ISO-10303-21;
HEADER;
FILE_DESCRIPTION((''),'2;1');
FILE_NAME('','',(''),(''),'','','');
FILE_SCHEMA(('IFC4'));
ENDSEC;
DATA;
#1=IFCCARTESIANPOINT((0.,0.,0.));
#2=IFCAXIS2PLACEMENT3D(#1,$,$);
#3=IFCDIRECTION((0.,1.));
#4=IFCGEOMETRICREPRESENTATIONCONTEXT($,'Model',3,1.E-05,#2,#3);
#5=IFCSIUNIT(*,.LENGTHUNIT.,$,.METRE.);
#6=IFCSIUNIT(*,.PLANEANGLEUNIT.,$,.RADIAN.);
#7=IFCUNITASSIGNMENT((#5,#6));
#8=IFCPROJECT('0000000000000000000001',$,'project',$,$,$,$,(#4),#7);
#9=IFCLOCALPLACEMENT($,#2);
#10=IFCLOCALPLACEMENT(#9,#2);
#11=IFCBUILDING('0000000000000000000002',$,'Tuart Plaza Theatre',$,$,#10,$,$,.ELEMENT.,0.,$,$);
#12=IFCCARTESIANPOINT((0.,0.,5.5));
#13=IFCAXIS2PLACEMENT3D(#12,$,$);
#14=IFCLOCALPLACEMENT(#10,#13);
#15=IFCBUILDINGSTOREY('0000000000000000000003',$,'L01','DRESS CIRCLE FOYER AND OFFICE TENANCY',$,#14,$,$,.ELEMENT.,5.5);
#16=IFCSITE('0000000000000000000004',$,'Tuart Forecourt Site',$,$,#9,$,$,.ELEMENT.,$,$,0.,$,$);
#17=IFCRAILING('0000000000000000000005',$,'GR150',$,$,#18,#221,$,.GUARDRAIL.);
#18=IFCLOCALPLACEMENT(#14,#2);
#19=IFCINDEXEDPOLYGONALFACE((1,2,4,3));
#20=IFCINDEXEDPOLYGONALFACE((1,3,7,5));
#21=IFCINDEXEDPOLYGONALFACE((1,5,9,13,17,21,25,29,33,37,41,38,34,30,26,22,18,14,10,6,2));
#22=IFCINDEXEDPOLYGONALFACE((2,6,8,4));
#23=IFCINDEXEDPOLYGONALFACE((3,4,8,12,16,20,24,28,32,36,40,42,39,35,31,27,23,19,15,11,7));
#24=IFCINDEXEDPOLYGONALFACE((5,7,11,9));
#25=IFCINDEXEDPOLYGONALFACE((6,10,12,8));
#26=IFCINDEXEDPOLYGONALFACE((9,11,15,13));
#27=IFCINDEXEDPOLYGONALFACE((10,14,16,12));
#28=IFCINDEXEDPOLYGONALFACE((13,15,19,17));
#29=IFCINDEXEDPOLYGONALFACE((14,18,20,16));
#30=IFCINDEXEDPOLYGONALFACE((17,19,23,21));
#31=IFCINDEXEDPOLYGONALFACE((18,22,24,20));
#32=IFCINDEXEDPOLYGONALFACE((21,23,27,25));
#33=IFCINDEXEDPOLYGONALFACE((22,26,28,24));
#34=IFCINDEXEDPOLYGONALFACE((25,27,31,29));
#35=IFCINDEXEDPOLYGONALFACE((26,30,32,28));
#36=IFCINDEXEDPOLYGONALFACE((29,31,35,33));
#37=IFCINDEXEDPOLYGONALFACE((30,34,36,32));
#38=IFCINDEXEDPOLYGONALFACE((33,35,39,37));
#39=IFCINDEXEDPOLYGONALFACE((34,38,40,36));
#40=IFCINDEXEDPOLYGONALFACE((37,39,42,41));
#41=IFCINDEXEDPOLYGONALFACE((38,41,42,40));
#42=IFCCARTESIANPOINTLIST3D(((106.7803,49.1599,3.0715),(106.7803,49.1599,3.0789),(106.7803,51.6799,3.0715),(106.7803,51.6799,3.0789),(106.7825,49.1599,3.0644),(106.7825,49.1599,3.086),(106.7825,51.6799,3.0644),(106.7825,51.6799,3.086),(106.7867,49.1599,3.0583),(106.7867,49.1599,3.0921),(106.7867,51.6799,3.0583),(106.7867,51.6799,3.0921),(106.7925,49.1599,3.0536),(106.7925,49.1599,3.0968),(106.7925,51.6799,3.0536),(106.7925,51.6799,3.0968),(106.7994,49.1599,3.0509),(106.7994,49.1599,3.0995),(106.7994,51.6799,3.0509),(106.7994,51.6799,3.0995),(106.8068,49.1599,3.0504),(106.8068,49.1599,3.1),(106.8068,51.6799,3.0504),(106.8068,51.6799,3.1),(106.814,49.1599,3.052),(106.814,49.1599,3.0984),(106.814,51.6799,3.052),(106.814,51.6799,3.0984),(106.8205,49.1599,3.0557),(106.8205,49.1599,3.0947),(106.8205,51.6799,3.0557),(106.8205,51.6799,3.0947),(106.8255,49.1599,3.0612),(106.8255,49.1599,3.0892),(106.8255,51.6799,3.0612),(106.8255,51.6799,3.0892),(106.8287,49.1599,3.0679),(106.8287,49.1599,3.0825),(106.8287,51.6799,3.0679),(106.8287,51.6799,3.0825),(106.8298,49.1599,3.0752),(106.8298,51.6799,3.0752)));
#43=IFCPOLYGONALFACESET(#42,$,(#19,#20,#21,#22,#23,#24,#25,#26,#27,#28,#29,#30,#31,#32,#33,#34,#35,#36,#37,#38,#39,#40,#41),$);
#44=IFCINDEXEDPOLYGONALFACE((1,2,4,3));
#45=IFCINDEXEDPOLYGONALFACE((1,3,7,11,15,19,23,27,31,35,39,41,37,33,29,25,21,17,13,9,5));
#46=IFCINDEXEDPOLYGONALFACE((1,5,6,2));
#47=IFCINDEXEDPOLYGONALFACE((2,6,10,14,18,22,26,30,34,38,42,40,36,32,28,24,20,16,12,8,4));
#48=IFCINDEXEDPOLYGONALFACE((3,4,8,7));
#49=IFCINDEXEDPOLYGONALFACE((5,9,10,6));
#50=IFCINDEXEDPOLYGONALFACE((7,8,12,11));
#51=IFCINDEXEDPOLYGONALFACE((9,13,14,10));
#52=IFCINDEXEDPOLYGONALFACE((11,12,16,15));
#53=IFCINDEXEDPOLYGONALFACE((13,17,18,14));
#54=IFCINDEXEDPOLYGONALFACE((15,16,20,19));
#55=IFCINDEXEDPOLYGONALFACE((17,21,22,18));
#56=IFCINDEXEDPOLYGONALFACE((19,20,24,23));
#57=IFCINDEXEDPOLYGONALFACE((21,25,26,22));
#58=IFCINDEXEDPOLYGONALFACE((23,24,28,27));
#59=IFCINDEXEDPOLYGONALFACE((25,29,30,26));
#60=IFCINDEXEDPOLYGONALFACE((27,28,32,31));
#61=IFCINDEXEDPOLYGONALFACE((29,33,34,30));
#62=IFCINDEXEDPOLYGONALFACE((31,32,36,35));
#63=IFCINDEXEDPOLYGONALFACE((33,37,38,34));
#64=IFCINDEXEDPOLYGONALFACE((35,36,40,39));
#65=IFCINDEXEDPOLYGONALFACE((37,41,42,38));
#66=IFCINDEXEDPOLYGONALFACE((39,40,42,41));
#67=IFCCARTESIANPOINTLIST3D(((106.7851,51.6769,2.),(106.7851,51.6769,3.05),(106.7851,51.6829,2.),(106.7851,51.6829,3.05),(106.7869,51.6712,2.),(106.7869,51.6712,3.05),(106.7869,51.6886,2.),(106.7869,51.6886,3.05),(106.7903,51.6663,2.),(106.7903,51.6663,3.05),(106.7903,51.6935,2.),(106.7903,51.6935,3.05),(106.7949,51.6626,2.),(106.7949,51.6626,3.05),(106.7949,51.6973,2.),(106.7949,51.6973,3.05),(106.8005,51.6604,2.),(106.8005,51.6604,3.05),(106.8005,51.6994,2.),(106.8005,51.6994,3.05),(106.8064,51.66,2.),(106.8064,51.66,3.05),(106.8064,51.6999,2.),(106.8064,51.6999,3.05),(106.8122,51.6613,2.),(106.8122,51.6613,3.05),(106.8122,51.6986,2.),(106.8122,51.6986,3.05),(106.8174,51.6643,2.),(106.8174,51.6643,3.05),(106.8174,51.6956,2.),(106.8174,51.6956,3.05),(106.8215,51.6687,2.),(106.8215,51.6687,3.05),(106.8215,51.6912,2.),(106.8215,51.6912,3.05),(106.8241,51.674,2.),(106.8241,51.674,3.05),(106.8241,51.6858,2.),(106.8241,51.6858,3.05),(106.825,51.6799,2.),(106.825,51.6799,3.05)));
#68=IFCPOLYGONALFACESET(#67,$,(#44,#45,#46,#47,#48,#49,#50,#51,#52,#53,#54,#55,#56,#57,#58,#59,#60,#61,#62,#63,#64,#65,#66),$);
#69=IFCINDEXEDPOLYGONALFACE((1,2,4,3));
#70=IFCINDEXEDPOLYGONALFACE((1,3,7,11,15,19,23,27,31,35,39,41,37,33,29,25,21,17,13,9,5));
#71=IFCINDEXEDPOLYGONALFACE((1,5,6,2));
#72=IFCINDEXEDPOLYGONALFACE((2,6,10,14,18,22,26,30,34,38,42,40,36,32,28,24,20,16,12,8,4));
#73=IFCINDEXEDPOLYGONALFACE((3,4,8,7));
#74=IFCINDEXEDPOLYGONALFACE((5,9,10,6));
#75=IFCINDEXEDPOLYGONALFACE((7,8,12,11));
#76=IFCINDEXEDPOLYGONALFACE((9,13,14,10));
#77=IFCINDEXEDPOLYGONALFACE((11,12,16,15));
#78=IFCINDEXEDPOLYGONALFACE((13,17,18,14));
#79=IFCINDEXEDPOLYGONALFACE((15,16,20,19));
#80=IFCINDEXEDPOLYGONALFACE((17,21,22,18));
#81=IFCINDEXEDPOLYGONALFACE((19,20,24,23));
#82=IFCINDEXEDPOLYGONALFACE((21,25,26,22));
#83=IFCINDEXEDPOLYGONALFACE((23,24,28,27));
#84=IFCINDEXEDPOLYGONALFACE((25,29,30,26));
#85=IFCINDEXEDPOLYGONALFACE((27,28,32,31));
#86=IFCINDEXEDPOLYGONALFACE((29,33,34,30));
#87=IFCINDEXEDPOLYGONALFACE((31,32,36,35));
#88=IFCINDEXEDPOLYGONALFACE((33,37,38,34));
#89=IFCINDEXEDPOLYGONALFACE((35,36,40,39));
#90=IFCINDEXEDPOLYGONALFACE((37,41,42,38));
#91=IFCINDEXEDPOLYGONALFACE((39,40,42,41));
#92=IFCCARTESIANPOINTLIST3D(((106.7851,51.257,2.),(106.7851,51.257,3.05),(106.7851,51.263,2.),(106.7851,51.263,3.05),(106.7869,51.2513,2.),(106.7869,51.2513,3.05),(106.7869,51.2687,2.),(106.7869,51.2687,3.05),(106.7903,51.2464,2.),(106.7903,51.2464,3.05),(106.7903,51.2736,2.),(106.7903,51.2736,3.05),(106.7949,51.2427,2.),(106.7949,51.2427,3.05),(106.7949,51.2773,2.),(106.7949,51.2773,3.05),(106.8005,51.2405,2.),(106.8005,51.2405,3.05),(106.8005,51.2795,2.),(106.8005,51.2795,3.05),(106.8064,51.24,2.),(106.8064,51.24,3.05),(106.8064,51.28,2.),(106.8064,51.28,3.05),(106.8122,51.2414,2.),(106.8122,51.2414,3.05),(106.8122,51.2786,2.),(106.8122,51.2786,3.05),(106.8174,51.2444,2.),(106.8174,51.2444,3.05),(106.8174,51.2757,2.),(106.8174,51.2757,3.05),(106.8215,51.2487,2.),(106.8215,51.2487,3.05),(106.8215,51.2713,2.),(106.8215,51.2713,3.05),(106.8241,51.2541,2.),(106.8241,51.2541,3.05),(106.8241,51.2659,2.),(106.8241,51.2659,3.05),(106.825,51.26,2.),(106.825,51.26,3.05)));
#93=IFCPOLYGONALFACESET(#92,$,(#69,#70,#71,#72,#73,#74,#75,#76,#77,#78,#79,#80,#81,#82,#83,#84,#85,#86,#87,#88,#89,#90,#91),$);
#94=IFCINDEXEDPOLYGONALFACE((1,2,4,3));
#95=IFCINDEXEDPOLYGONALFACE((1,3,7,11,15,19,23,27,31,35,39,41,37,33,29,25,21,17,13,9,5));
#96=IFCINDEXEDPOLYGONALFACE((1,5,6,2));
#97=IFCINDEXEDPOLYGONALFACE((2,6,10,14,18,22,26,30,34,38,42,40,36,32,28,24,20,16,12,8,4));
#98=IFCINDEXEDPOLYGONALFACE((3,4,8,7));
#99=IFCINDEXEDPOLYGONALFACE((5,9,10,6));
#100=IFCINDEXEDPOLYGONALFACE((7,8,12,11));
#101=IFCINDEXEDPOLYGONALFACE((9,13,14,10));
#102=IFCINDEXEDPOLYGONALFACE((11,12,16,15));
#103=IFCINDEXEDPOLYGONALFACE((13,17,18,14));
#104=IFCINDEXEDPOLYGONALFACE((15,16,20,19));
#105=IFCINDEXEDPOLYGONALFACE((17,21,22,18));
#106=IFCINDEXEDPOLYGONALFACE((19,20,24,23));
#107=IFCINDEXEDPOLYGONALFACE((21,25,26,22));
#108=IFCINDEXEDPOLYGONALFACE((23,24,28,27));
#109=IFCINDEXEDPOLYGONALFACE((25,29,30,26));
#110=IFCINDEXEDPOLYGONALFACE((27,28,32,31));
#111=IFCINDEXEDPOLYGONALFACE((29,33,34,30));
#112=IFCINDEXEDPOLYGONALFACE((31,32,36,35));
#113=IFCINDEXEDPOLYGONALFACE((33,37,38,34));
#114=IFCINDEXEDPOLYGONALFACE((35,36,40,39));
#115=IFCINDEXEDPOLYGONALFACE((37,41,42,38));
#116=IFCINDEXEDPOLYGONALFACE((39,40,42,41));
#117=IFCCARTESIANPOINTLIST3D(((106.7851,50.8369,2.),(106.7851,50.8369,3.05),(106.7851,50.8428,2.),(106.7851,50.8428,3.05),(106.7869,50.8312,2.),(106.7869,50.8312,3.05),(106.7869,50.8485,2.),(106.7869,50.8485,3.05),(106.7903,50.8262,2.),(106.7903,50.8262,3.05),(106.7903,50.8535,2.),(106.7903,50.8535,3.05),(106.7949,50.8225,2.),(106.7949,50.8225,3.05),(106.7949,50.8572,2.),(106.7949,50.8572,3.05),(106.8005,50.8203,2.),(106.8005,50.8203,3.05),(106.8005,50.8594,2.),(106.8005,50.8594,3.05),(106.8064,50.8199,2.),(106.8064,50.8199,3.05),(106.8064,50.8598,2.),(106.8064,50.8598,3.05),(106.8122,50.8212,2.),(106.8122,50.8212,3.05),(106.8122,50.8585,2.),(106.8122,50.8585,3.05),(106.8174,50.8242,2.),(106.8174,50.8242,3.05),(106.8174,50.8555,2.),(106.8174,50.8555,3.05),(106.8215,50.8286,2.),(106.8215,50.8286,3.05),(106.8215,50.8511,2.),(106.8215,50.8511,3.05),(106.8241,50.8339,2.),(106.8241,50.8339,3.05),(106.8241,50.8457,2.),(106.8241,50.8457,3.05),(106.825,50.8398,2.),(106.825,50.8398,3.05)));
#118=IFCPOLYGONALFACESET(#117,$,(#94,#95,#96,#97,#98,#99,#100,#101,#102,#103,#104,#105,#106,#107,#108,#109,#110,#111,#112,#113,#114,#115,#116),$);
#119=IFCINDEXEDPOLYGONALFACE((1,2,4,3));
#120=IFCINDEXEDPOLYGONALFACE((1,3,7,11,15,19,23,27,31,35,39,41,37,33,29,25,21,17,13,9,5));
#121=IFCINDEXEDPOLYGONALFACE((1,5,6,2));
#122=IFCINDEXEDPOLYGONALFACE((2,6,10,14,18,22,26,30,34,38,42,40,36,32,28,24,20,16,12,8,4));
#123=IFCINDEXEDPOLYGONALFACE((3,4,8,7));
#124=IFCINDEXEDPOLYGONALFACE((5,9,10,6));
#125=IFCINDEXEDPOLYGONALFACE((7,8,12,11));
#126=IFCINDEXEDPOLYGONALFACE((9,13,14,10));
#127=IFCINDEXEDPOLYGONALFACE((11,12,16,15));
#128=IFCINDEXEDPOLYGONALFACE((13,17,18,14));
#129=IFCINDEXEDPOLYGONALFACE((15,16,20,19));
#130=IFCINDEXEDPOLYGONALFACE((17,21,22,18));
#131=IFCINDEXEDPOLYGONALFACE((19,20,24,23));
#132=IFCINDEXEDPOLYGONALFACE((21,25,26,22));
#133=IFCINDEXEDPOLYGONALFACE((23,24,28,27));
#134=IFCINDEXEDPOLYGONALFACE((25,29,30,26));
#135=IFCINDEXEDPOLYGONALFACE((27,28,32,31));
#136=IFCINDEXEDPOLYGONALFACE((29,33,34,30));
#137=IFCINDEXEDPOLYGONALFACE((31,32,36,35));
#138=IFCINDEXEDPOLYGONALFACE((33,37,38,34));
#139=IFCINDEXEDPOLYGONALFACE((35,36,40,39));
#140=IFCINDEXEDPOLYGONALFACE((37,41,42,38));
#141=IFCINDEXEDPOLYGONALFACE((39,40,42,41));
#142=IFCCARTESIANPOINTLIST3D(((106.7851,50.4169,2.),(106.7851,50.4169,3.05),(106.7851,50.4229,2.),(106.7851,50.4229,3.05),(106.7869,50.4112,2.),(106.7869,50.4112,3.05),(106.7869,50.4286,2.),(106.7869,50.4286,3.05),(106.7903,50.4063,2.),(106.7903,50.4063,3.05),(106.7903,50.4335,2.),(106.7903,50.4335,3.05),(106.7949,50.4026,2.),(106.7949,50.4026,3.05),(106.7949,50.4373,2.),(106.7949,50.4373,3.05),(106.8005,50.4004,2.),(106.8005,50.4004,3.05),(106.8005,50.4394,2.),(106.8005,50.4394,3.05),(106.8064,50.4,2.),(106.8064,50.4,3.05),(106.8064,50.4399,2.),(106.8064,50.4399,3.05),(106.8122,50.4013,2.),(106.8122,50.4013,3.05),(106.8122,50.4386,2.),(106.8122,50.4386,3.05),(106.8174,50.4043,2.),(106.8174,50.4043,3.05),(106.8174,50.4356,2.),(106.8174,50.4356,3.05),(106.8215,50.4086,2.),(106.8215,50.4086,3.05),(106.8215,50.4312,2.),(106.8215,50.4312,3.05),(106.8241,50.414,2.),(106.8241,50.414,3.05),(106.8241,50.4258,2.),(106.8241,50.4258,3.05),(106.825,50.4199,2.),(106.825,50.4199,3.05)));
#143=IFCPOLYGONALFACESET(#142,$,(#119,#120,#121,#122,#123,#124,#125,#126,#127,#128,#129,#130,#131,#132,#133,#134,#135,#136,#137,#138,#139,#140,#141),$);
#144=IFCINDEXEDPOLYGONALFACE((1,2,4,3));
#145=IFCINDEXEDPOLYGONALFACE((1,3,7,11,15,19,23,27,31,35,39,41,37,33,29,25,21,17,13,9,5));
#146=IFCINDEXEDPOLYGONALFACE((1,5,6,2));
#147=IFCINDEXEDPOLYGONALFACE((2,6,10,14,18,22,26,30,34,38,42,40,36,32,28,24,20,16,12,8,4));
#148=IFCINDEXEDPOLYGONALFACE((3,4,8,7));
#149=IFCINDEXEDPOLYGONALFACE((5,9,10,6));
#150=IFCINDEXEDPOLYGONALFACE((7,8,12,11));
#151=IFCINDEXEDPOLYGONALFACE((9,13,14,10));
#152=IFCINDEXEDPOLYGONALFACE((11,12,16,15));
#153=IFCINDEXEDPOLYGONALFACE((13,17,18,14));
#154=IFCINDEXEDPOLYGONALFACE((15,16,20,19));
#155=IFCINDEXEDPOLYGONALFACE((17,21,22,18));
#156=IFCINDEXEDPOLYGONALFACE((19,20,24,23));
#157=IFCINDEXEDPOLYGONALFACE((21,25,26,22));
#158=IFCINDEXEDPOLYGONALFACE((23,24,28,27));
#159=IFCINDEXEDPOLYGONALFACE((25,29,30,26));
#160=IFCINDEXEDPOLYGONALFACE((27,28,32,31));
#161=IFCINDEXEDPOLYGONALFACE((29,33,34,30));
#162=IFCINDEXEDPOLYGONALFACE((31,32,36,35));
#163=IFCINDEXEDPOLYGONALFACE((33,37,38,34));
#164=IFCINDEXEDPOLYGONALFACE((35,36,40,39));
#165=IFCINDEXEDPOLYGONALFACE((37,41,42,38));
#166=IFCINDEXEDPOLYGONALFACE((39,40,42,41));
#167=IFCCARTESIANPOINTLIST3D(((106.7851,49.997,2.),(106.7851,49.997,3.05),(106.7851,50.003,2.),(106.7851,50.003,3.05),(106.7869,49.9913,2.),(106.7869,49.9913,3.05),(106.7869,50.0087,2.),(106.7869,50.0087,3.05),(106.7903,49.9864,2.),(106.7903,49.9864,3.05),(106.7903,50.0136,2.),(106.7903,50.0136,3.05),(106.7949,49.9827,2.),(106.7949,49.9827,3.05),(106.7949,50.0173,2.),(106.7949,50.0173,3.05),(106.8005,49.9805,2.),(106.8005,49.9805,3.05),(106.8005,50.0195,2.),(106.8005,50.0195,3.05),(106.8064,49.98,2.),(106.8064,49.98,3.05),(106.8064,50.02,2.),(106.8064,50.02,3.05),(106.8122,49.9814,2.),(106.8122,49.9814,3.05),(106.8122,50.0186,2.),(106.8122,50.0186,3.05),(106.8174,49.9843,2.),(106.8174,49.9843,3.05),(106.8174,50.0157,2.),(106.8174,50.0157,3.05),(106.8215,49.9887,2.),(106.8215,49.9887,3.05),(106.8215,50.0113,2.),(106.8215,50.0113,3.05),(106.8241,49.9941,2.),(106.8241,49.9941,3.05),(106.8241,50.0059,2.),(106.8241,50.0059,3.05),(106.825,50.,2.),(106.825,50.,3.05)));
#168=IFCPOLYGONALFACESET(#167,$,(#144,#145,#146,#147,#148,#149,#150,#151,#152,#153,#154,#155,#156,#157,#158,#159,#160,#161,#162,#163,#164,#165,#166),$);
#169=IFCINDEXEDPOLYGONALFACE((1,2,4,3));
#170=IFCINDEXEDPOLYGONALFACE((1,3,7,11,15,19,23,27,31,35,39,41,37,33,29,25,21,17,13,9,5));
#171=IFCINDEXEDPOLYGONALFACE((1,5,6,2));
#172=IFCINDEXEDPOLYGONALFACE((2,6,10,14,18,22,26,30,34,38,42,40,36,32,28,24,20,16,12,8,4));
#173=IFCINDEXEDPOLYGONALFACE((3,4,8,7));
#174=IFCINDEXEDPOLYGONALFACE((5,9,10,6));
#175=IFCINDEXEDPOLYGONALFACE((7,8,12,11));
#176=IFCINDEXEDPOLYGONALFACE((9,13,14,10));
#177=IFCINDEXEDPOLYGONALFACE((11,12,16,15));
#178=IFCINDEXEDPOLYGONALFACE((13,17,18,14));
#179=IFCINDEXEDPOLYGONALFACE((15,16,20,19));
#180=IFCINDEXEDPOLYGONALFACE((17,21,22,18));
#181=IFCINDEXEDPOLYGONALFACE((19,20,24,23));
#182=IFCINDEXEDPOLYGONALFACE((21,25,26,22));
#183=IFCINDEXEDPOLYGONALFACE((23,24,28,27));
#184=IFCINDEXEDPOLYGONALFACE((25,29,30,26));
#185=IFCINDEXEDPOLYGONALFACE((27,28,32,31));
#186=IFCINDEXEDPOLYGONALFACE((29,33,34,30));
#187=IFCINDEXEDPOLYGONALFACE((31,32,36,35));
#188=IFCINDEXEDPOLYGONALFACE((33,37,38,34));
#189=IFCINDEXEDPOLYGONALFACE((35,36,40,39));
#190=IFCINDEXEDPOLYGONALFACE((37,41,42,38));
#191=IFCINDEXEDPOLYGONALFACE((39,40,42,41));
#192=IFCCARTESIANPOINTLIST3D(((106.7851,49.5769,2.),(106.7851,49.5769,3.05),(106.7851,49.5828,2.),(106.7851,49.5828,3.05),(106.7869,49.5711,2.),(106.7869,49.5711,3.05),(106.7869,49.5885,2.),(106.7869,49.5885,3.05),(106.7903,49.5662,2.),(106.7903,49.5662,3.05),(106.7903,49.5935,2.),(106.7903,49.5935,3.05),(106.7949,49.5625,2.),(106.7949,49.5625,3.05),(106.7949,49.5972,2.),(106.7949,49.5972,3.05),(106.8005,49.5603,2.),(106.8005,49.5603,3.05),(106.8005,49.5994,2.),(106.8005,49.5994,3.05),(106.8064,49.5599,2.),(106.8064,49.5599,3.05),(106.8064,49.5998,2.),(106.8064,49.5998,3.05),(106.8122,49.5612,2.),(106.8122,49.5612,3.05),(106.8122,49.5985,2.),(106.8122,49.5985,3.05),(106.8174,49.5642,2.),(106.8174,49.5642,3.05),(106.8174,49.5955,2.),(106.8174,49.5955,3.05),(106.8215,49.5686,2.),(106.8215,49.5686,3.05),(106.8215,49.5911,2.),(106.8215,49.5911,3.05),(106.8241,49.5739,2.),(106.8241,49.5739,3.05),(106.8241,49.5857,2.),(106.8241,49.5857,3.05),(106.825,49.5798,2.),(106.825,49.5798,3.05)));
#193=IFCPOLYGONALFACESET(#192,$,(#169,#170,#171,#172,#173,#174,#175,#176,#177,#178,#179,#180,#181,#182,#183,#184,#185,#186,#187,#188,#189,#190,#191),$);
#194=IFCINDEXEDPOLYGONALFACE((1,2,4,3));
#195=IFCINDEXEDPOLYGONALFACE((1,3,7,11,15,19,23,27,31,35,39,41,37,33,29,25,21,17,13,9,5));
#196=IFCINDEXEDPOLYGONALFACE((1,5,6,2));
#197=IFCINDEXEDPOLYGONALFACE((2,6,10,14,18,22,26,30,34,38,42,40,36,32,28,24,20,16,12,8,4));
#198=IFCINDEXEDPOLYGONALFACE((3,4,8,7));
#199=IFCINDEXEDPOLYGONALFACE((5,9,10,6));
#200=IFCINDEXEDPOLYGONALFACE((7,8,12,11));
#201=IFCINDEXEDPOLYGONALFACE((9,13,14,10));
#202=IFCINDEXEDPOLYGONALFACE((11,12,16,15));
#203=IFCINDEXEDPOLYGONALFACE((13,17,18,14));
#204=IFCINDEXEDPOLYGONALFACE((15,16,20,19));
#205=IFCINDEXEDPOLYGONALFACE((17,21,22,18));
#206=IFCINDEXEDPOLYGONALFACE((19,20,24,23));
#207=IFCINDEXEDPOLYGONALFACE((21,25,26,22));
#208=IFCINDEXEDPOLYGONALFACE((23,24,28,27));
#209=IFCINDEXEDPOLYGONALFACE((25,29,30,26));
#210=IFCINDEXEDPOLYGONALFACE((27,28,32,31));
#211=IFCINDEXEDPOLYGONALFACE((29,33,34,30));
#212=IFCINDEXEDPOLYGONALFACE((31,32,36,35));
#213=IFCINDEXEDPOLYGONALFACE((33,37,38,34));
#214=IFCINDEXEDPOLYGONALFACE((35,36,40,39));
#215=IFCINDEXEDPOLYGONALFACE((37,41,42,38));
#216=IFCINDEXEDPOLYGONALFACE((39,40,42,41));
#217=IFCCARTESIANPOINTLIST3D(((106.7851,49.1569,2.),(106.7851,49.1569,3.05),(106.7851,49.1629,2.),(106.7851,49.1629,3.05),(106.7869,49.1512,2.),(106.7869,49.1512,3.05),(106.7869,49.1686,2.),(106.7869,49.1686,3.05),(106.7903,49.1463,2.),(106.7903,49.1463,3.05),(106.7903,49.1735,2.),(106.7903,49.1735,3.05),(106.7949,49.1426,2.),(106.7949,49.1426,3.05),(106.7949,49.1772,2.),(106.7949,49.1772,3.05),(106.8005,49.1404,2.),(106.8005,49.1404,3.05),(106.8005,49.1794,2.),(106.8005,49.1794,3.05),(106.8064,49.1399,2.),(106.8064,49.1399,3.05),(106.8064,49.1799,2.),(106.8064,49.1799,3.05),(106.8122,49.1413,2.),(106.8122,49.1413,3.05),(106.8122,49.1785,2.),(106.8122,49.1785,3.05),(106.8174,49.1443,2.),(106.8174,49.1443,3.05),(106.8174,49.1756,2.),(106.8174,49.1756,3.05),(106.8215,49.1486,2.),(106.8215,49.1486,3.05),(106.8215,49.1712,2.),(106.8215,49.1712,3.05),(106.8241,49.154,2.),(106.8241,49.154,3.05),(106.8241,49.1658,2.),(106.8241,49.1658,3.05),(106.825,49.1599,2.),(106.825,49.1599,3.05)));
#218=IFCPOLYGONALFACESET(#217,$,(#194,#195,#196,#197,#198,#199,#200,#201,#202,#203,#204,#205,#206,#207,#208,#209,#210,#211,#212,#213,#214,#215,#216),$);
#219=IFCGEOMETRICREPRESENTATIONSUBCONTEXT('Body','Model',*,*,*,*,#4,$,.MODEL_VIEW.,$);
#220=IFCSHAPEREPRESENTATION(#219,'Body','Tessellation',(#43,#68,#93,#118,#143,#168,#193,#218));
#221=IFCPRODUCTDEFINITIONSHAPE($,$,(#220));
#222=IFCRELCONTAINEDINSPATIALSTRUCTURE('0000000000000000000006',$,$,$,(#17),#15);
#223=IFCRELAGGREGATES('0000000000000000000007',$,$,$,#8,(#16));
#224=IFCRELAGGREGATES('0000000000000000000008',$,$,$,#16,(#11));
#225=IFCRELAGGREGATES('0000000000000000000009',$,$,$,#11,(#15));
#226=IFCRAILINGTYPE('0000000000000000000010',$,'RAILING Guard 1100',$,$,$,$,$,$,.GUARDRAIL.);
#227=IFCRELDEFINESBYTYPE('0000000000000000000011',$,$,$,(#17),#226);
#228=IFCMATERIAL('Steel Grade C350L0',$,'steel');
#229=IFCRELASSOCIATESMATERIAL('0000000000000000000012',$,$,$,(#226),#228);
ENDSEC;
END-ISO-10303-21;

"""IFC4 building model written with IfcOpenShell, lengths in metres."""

from ifc_helpers import new_model, si_unit, direction, frame, origin, origin_2d, place, context, subcontext, project, spatial, circle, extrude, material, type_object, element, save


model = new_model("IFC4")

# Units and contexts
model_context = context("Model", 3, precision=1e-05, world=origin(), true_north=direction((0.0, 1.0)))
body_context = subcontext(model_context, "Body", "Model", "MODEL_VIEW")
ifc_project = project(units=[si_unit("LENGTHUNIT", "METRE"), si_unit("PLANEANGLEUNIT", "RADIAN")], contexts=[model_context])

# Site, building, storey
site_placement = place(None, origin())
site = spatial("IfcSite", under=ifc_project, at=site_placement, Name="Tuart Forecourt Site", CompositionType="ELEMENT", RefElevation=0.0)
building_placement = place(site_placement, origin())
building = spatial("IfcBuilding", under=site, at=building_placement, Name="Tuart Plaza Theatre", CompositionType="ELEMENT", ElevationOfRefHeight=0.0)
storey_placement = place(building_placement, frame((0.0, 0.0, 5.5)))
storey = spatial("IfcBuildingStorey", under=building, at=storey_placement, Name="L01", Description="DRESS CIRCLE FOYER AND OFFICE TENANCY", CompositionType="ELEMENT", Elevation=5.5)

# Railing
ifc_material_1 = material(Name="Steel Grade C350L0", Category="steel")
railing_type_1 = type_object("IfcRailingType", Name="RAILING Guard 1100", PredefinedType="GUARDRAIL", material=ifc_material_1)
railing_1_placement = place(storey_placement, frame((106.8049, 51.6799, 2.0)))
element("IfcRailing", 1, at=railing_1_placement, inside=storey, type_object=railing_type_1, Name="GR150", PredefinedType="GUARDRAIL", context=body_context, shape_type="SweptSolid", body=[
    extrude(circle(Radius=0.0249, at=origin_2d()), frame((0.0, 0.0, 1.0752), z_axis=(0.0, -1.0, 0.0), x_axis=(1.0, 0.0, 0.0)), (0.0, 0.0, 1.0), 2.52),
    extrude(circle(Radius=0.02, at=origin_2d()), origin(), (0.0, 0.0, 1.0), 1.05),
    extrude(circle(Radius=0.02, at=origin_2d()), frame((0.0, -0.4199, 0.0)), (0.0, 0.0, 1.0), 1.05),
    extrude(circle(Radius=0.02, at=origin_2d()), frame((0.0, -0.8401, 0.0)), (0.0, 0.0, 1.0), 1.05),
    extrude(circle(Radius=0.02, at=origin_2d()), frame((0.0, -1.26, 0.0)), (0.0, 0.0, 1.0), 1.05),
    extrude(circle(Radius=0.02, at=origin_2d()), frame((0.0, -1.6799, 0.0)), (0.0, 0.0, 1.0), 1.05),
    extrude(circle(Radius=0.02, at=origin_2d()), frame((0.0, -2.1001, 0.0)), (0.0, 0.0, 1.0), 1.05),
    extrude(circle(Radius=0.02, at=origin_2d()), frame((0.0, -2.52, 0.0)), (0.0, 0.0, 1.0), 1.05),
])

save(model, "model.ifc")
